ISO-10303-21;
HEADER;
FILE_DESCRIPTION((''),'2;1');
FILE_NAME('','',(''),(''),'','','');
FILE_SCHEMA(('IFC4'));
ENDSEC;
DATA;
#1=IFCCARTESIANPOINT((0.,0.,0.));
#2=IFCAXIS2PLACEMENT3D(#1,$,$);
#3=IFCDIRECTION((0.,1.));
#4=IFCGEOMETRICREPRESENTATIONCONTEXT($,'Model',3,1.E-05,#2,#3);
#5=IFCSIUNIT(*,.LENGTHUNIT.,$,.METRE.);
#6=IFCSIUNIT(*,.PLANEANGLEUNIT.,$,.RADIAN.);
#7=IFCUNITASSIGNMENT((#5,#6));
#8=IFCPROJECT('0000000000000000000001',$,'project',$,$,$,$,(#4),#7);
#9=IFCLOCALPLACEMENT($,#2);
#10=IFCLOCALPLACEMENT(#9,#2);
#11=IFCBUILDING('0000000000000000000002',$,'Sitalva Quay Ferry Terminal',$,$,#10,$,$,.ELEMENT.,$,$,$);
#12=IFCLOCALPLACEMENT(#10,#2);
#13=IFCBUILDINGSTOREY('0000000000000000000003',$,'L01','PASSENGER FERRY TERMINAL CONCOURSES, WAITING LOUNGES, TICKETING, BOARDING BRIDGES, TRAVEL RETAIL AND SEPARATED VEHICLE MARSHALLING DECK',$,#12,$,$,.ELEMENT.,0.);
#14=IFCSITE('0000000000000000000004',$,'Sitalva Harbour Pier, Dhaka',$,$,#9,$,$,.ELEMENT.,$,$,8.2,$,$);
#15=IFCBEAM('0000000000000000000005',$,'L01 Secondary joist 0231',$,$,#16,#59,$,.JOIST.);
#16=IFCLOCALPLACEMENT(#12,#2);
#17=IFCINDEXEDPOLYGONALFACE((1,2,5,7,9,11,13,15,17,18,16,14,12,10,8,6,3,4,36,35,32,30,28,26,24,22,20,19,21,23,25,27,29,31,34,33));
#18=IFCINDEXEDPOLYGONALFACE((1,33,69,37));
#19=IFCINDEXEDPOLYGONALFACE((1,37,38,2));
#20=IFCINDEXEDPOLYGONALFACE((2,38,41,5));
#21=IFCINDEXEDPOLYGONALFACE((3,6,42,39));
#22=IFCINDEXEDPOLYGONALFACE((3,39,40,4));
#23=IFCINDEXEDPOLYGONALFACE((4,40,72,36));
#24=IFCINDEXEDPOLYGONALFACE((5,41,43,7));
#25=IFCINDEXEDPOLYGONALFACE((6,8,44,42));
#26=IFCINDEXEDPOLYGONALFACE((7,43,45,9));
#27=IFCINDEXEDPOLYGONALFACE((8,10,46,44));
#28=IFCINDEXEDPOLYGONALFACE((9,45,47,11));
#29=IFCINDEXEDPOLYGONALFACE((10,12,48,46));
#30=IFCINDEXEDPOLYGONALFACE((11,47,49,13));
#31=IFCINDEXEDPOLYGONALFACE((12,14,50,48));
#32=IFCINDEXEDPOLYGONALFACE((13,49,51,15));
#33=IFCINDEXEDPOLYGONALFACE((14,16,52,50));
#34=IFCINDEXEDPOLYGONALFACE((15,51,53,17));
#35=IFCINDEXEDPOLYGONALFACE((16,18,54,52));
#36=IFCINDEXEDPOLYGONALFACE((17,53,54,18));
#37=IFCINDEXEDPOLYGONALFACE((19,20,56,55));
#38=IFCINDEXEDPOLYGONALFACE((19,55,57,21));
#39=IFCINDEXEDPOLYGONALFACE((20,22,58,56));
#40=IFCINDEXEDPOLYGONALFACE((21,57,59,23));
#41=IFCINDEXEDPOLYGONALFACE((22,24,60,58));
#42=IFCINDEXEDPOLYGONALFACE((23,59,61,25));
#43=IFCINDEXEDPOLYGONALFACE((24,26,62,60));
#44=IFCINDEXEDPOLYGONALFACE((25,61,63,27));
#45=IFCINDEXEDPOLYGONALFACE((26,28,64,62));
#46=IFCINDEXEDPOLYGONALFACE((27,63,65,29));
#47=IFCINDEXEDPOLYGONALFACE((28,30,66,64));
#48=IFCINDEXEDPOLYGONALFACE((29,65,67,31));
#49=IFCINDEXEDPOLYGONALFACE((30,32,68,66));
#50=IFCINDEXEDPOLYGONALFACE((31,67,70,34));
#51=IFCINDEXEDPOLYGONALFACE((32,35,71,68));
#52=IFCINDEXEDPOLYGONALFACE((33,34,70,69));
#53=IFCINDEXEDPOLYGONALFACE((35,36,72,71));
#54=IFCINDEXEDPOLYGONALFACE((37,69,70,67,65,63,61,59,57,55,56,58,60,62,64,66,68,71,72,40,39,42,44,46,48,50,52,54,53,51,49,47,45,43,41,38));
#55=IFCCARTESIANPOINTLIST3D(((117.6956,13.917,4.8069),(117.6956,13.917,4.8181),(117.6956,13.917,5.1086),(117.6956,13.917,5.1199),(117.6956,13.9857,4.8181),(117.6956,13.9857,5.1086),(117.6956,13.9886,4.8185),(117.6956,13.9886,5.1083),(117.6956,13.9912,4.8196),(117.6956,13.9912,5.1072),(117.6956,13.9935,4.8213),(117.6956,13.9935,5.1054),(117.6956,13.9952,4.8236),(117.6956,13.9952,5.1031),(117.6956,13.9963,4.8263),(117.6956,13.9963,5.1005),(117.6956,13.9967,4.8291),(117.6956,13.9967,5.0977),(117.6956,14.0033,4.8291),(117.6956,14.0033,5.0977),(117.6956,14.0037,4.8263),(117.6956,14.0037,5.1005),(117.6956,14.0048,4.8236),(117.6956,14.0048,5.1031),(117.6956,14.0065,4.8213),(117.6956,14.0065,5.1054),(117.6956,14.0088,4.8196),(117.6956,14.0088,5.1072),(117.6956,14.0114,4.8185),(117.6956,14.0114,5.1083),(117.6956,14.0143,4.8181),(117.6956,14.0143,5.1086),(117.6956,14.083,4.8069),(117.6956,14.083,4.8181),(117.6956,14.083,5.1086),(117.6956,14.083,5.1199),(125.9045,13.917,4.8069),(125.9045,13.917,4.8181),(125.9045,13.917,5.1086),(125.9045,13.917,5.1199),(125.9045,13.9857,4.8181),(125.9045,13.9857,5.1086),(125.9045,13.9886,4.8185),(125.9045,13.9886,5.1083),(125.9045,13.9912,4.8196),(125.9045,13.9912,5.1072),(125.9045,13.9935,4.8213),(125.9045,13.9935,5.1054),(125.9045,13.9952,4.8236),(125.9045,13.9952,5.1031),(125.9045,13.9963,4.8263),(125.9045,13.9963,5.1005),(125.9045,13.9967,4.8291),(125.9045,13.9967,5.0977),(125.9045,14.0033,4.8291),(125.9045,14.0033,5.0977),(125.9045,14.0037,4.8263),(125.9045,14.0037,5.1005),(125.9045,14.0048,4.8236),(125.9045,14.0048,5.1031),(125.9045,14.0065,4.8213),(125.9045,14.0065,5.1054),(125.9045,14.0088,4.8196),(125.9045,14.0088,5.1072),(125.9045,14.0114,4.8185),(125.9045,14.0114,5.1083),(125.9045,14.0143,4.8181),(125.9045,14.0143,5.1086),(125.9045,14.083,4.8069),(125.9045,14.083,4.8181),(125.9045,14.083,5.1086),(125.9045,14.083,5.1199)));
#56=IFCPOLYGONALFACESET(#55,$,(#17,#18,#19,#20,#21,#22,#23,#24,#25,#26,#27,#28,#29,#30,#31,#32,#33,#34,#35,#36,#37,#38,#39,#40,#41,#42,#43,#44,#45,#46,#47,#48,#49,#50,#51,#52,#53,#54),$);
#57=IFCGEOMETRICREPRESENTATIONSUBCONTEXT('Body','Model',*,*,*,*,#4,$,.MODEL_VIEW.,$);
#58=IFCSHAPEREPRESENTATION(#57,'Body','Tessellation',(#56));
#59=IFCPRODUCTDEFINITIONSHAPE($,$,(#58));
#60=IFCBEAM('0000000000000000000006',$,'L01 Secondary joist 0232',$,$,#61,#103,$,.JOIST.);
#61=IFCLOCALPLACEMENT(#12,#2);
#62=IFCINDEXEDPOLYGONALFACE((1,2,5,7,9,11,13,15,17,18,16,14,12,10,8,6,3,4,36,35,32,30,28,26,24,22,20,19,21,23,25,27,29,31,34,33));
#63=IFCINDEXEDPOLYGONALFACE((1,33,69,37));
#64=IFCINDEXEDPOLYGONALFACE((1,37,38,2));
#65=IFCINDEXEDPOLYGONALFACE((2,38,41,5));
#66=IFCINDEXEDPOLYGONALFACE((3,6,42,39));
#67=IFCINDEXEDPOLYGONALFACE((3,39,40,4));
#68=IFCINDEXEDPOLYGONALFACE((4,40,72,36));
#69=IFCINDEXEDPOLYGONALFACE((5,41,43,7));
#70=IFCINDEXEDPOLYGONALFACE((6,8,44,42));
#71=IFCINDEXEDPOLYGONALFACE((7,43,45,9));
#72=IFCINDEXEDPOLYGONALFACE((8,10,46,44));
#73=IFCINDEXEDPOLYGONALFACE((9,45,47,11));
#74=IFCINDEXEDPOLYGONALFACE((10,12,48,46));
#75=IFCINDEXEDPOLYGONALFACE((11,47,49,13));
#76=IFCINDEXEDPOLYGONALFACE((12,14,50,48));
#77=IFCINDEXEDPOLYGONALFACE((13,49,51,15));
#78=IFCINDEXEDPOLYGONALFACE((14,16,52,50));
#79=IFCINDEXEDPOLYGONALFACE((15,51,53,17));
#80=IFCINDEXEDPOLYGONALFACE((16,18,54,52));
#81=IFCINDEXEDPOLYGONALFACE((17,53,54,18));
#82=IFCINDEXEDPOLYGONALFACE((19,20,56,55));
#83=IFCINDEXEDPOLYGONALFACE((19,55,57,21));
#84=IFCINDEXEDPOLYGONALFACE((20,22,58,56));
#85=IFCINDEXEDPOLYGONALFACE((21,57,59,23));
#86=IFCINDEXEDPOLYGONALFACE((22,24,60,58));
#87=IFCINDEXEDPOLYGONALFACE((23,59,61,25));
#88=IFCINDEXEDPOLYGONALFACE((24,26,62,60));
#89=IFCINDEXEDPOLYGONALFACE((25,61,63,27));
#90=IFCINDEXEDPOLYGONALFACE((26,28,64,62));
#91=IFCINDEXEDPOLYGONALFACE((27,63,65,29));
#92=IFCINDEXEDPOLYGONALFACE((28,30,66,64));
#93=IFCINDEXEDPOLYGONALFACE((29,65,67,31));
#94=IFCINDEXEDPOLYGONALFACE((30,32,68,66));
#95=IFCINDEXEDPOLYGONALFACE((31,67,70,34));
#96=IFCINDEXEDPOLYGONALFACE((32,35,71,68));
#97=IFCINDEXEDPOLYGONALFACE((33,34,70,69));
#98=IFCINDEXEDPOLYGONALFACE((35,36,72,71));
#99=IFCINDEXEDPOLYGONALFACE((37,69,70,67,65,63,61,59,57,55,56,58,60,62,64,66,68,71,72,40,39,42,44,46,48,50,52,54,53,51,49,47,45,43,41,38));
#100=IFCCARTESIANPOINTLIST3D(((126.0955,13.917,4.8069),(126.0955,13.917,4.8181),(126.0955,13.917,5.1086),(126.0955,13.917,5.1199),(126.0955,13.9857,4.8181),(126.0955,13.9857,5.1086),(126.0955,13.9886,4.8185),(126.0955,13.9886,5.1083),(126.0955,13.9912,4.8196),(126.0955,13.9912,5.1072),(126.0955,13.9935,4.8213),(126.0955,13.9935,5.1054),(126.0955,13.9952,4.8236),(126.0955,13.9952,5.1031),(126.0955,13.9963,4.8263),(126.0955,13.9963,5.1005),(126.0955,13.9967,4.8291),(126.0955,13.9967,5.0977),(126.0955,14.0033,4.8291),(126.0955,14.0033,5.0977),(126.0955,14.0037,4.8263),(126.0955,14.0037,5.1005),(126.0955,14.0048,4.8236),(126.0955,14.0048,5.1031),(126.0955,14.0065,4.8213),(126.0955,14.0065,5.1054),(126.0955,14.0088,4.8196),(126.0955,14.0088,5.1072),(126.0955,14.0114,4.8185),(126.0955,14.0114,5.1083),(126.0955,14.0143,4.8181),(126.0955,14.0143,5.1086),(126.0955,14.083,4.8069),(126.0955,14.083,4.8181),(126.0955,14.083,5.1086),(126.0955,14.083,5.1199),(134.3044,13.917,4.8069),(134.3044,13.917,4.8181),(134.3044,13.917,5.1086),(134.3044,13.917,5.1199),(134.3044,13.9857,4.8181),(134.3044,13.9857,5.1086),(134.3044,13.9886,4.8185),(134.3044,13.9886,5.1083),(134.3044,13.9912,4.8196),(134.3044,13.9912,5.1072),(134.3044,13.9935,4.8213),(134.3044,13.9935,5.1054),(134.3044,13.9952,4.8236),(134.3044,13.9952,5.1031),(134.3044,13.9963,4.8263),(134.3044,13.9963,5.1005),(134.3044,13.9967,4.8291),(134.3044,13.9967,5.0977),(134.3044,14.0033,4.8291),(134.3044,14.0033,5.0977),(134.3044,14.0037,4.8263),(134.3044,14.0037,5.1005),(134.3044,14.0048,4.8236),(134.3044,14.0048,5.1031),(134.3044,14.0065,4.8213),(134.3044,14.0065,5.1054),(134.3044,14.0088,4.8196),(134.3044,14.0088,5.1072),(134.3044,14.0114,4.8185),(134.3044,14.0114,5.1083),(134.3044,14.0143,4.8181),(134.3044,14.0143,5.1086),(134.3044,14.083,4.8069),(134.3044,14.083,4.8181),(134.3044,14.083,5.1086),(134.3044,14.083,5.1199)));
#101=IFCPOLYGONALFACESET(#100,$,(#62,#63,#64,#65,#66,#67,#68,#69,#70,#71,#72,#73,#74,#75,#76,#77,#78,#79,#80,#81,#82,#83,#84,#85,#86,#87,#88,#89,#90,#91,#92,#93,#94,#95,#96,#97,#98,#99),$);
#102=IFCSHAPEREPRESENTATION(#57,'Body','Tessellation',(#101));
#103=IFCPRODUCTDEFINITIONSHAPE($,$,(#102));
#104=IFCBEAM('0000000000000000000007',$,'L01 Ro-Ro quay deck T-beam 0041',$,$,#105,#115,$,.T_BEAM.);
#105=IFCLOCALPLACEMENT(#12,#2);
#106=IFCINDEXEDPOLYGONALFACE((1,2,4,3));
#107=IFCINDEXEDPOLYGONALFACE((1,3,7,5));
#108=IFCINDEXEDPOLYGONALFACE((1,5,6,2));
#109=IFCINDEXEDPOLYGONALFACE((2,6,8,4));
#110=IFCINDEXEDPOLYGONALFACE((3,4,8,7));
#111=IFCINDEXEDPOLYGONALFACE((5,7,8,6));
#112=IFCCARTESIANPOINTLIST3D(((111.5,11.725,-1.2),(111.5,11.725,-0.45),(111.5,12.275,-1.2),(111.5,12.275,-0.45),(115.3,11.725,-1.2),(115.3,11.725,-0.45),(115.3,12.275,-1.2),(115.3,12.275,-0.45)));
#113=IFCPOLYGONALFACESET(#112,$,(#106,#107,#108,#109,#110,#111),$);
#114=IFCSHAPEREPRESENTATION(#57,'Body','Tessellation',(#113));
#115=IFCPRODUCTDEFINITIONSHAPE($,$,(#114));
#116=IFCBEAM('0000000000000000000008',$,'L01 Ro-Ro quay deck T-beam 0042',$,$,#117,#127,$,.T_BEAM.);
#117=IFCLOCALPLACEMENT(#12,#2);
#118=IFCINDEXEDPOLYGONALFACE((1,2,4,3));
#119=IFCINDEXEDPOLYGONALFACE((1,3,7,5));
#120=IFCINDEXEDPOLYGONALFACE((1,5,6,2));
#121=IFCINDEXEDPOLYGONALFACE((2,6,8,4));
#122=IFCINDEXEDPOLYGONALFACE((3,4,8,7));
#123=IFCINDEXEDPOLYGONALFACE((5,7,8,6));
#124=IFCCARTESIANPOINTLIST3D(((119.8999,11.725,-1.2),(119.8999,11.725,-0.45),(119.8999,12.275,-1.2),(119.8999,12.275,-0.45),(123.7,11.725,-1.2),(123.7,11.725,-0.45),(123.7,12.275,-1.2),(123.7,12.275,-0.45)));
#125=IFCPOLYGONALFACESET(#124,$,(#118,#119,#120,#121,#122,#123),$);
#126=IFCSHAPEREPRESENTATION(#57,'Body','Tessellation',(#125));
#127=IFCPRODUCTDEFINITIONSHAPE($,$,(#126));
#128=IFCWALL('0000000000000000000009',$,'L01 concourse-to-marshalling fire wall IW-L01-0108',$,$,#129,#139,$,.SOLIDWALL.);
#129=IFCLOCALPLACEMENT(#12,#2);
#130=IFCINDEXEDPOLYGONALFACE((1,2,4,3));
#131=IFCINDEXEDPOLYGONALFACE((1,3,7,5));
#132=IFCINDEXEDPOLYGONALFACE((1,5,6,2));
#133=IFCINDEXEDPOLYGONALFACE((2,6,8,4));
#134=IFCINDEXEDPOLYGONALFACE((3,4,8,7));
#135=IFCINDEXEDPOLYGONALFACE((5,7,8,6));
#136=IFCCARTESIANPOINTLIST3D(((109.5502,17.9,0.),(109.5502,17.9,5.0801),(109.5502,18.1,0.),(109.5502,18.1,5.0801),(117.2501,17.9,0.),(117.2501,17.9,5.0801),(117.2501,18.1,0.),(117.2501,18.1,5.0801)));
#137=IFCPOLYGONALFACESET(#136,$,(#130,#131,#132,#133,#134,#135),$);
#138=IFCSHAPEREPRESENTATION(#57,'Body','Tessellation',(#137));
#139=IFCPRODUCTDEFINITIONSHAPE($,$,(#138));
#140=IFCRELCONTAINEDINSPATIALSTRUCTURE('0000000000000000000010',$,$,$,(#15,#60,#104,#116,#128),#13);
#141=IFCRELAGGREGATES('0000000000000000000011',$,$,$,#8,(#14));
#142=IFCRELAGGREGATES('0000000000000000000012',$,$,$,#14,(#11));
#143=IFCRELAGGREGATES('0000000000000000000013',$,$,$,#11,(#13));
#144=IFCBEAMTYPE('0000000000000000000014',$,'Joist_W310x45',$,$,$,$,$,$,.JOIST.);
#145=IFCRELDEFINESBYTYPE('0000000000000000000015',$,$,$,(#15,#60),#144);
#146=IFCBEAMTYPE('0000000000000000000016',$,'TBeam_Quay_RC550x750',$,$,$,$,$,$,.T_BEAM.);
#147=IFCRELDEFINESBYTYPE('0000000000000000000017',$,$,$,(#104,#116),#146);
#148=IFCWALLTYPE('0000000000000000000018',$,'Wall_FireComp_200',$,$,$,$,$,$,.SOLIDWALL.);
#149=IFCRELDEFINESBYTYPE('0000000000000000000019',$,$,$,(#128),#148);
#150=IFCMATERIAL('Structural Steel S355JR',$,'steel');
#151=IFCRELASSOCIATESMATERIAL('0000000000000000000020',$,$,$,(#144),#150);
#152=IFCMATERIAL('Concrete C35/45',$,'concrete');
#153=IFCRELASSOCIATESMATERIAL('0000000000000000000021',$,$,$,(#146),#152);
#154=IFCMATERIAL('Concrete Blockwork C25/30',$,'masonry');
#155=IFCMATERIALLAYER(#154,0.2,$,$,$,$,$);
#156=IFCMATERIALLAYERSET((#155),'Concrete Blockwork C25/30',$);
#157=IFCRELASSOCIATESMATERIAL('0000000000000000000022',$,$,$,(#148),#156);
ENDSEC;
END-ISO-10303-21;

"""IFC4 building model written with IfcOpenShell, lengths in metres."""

from ifc_helpers import new_model, si_unit, direction, frame, frame_2d, origin, origin_2d, place, context, subcontext, project, spatial, rectangle, i_section, extrude, material, layer, layer_set, material_profile, profile_set, type_object, element, save


model = new_model("IFC4")

# Units and contexts
model_context = context("Model", 3, precision=1e-05, world=origin(), true_north=direction((0.0, 1.0)))
body_context = subcontext(model_context, "Body", "Model", "MODEL_VIEW")
ifc_project = project(units=[si_unit("LENGTHUNIT", "METRE"), si_unit("PLANEANGLEUNIT", "RADIAN")], contexts=[model_context])

# Site, building, storey
site_placement = place(None, origin())
site = spatial("IfcSite", under=ifc_project, at=site_placement, Name="Sitalva Harbour Pier, Dhaka", CompositionType="ELEMENT", RefElevation=8.2)
building_placement = place(site_placement, origin())
building = spatial("IfcBuilding", under=site, at=building_placement, Name="Sitalva Quay Ferry Terminal", CompositionType="ELEMENT")
storey_placement = place(building_placement, origin())
storey = spatial("IfcBuildingStorey", under=building, at=storey_placement, Name="L01", Description="PASSENGER FERRY TERMINAL CONCOURSES, WAITING LOUNGES, TICKETING, BOARDING BRIDGES, TRAVEL RETAIL AND SEPARATED VEHICLE MARSHALLING DECK", CompositionType="ELEMENT", Elevation=0.0)

# Beams
ifc_material_1 = material(Name="Structural Steel S355JR", Category="steel")
ifc_material_profile_1 = material_profile(ifc_material_1, i_section(OverallWidth=0.166, OverallDepth=0.313, WebThickness=0.0066, FlangeThickness=0.0112, FilletRadius=0.011, at=origin_2d()), Name="W310x45")
ifc_profile_set_1 = profile_set([ifc_material_profile_1], Name="Structural Steel S355JR")
beam_type_1 = type_object("IfcBeamType", Name="Joist_W310x45", PredefinedType="JOIST", material=ifc_profile_set_1)
for number, where, z_axis, x_axis, name in (
    (1, (117.6956, 14.0, 4.9634), (1.0, 0.0, 0.0), (0.0, 1.0, 0.0), "L01 Secondary joist 0231"),
    (2, (126.0955, 14.0, 4.9634), (1.0, 0.0, 0.0), (0.0, 1.0, 0.0), "L01 Secondary joist 0232"),
):
    element("IfcBeam", number, at=place(storey_placement, frame(where, z_axis=z_axis, x_axis=x_axis)), inside=storey, type_object=beam_type_1, Name=name, PredefinedType="JOIST", context=body_context, shape_type="SweptSolid", body=[
        extrude(i_section(OverallWidth=0.166, OverallDepth=0.313, WebThickness=0.0066, FlangeThickness=0.0112, FilletRadius=0.011, at=origin_2d()), origin(), (0.0, 0.0, 1.0), 8.209),
    ])
ifc_material_2 = material(Name="Concrete C35/45", Category="concrete")
ifc_material_profile_2 = material_profile(ifc_material_2, rectangle(XDim=0.55, YDim=0.75, at=origin_2d()), Name="RC550x750")
ifc_profile_set_2 = profile_set([ifc_material_profile_2], Name="Concrete C35/45")
beam_type_2 = type_object("IfcBeamType", Name="TBeam_Quay_RC550x750", PredefinedType="T_BEAM", material=ifc_profile_set_2)
for number, where, z_axis, x_axis, name in (
    (3, (111.5, 12.0, -0.825), (1.0, 0.0, 0.0), (0.0, 1.0, 0.0), "L01 Ro-Ro quay deck T-beam 0041"),
    (4, (119.8999, 12.0, -0.825), (1.0, 0.0, 0.0), (0.0, 1.0, 0.0), "L01 Ro-Ro quay deck T-beam 0042"),
):
    element("IfcBeam", number, at=place(storey_placement, frame(where, z_axis=z_axis, x_axis=x_axis)), inside=storey, type_object=beam_type_2, Name=name, PredefinedType="T_BEAM", context=body_context, shape_type="SweptSolid", body=[
        extrude(rectangle(XDim=0.55, YDim=0.75, at=origin_2d()), origin(), (0.0, 0.0, 1.0), 3.8),
    ])

# Wall
ifc_material_3 = material(Name="Concrete Blockwork C25/30", Category="masonry")
ifc_layer = layer(ifc_material_3, 0.2)
ifc_layer_set = layer_set([ifc_layer], Name="Concrete Blockwork C25/30")
wall_type = type_object("IfcWallType", Name="Wall_FireComp_200", PredefinedType="SOLIDWALL", material=ifc_layer_set)
wall_placement = place(storey_placement, frame((109.55, 18.0, 0.0), z_axis=(0.0, 0.0, 1.0), x_axis=(1.0, 0.0, 0.0)))
element("IfcWall", 5, at=wall_placement, inside=storey, type_object=wall_type, Name="L01 concourse-to-marshalling fire wall IW-L01-0108", PredefinedType="SOLIDWALL", context=body_context, shape_type="SweptSolid", body=[
    extrude(rectangle(XDim=7.7, YDim=0.2, at=frame_2d((3.8501, 0.0))), origin(), (0.0, 0.0, 1.0), 5.0801),
])

save(model, "model.ifc")
